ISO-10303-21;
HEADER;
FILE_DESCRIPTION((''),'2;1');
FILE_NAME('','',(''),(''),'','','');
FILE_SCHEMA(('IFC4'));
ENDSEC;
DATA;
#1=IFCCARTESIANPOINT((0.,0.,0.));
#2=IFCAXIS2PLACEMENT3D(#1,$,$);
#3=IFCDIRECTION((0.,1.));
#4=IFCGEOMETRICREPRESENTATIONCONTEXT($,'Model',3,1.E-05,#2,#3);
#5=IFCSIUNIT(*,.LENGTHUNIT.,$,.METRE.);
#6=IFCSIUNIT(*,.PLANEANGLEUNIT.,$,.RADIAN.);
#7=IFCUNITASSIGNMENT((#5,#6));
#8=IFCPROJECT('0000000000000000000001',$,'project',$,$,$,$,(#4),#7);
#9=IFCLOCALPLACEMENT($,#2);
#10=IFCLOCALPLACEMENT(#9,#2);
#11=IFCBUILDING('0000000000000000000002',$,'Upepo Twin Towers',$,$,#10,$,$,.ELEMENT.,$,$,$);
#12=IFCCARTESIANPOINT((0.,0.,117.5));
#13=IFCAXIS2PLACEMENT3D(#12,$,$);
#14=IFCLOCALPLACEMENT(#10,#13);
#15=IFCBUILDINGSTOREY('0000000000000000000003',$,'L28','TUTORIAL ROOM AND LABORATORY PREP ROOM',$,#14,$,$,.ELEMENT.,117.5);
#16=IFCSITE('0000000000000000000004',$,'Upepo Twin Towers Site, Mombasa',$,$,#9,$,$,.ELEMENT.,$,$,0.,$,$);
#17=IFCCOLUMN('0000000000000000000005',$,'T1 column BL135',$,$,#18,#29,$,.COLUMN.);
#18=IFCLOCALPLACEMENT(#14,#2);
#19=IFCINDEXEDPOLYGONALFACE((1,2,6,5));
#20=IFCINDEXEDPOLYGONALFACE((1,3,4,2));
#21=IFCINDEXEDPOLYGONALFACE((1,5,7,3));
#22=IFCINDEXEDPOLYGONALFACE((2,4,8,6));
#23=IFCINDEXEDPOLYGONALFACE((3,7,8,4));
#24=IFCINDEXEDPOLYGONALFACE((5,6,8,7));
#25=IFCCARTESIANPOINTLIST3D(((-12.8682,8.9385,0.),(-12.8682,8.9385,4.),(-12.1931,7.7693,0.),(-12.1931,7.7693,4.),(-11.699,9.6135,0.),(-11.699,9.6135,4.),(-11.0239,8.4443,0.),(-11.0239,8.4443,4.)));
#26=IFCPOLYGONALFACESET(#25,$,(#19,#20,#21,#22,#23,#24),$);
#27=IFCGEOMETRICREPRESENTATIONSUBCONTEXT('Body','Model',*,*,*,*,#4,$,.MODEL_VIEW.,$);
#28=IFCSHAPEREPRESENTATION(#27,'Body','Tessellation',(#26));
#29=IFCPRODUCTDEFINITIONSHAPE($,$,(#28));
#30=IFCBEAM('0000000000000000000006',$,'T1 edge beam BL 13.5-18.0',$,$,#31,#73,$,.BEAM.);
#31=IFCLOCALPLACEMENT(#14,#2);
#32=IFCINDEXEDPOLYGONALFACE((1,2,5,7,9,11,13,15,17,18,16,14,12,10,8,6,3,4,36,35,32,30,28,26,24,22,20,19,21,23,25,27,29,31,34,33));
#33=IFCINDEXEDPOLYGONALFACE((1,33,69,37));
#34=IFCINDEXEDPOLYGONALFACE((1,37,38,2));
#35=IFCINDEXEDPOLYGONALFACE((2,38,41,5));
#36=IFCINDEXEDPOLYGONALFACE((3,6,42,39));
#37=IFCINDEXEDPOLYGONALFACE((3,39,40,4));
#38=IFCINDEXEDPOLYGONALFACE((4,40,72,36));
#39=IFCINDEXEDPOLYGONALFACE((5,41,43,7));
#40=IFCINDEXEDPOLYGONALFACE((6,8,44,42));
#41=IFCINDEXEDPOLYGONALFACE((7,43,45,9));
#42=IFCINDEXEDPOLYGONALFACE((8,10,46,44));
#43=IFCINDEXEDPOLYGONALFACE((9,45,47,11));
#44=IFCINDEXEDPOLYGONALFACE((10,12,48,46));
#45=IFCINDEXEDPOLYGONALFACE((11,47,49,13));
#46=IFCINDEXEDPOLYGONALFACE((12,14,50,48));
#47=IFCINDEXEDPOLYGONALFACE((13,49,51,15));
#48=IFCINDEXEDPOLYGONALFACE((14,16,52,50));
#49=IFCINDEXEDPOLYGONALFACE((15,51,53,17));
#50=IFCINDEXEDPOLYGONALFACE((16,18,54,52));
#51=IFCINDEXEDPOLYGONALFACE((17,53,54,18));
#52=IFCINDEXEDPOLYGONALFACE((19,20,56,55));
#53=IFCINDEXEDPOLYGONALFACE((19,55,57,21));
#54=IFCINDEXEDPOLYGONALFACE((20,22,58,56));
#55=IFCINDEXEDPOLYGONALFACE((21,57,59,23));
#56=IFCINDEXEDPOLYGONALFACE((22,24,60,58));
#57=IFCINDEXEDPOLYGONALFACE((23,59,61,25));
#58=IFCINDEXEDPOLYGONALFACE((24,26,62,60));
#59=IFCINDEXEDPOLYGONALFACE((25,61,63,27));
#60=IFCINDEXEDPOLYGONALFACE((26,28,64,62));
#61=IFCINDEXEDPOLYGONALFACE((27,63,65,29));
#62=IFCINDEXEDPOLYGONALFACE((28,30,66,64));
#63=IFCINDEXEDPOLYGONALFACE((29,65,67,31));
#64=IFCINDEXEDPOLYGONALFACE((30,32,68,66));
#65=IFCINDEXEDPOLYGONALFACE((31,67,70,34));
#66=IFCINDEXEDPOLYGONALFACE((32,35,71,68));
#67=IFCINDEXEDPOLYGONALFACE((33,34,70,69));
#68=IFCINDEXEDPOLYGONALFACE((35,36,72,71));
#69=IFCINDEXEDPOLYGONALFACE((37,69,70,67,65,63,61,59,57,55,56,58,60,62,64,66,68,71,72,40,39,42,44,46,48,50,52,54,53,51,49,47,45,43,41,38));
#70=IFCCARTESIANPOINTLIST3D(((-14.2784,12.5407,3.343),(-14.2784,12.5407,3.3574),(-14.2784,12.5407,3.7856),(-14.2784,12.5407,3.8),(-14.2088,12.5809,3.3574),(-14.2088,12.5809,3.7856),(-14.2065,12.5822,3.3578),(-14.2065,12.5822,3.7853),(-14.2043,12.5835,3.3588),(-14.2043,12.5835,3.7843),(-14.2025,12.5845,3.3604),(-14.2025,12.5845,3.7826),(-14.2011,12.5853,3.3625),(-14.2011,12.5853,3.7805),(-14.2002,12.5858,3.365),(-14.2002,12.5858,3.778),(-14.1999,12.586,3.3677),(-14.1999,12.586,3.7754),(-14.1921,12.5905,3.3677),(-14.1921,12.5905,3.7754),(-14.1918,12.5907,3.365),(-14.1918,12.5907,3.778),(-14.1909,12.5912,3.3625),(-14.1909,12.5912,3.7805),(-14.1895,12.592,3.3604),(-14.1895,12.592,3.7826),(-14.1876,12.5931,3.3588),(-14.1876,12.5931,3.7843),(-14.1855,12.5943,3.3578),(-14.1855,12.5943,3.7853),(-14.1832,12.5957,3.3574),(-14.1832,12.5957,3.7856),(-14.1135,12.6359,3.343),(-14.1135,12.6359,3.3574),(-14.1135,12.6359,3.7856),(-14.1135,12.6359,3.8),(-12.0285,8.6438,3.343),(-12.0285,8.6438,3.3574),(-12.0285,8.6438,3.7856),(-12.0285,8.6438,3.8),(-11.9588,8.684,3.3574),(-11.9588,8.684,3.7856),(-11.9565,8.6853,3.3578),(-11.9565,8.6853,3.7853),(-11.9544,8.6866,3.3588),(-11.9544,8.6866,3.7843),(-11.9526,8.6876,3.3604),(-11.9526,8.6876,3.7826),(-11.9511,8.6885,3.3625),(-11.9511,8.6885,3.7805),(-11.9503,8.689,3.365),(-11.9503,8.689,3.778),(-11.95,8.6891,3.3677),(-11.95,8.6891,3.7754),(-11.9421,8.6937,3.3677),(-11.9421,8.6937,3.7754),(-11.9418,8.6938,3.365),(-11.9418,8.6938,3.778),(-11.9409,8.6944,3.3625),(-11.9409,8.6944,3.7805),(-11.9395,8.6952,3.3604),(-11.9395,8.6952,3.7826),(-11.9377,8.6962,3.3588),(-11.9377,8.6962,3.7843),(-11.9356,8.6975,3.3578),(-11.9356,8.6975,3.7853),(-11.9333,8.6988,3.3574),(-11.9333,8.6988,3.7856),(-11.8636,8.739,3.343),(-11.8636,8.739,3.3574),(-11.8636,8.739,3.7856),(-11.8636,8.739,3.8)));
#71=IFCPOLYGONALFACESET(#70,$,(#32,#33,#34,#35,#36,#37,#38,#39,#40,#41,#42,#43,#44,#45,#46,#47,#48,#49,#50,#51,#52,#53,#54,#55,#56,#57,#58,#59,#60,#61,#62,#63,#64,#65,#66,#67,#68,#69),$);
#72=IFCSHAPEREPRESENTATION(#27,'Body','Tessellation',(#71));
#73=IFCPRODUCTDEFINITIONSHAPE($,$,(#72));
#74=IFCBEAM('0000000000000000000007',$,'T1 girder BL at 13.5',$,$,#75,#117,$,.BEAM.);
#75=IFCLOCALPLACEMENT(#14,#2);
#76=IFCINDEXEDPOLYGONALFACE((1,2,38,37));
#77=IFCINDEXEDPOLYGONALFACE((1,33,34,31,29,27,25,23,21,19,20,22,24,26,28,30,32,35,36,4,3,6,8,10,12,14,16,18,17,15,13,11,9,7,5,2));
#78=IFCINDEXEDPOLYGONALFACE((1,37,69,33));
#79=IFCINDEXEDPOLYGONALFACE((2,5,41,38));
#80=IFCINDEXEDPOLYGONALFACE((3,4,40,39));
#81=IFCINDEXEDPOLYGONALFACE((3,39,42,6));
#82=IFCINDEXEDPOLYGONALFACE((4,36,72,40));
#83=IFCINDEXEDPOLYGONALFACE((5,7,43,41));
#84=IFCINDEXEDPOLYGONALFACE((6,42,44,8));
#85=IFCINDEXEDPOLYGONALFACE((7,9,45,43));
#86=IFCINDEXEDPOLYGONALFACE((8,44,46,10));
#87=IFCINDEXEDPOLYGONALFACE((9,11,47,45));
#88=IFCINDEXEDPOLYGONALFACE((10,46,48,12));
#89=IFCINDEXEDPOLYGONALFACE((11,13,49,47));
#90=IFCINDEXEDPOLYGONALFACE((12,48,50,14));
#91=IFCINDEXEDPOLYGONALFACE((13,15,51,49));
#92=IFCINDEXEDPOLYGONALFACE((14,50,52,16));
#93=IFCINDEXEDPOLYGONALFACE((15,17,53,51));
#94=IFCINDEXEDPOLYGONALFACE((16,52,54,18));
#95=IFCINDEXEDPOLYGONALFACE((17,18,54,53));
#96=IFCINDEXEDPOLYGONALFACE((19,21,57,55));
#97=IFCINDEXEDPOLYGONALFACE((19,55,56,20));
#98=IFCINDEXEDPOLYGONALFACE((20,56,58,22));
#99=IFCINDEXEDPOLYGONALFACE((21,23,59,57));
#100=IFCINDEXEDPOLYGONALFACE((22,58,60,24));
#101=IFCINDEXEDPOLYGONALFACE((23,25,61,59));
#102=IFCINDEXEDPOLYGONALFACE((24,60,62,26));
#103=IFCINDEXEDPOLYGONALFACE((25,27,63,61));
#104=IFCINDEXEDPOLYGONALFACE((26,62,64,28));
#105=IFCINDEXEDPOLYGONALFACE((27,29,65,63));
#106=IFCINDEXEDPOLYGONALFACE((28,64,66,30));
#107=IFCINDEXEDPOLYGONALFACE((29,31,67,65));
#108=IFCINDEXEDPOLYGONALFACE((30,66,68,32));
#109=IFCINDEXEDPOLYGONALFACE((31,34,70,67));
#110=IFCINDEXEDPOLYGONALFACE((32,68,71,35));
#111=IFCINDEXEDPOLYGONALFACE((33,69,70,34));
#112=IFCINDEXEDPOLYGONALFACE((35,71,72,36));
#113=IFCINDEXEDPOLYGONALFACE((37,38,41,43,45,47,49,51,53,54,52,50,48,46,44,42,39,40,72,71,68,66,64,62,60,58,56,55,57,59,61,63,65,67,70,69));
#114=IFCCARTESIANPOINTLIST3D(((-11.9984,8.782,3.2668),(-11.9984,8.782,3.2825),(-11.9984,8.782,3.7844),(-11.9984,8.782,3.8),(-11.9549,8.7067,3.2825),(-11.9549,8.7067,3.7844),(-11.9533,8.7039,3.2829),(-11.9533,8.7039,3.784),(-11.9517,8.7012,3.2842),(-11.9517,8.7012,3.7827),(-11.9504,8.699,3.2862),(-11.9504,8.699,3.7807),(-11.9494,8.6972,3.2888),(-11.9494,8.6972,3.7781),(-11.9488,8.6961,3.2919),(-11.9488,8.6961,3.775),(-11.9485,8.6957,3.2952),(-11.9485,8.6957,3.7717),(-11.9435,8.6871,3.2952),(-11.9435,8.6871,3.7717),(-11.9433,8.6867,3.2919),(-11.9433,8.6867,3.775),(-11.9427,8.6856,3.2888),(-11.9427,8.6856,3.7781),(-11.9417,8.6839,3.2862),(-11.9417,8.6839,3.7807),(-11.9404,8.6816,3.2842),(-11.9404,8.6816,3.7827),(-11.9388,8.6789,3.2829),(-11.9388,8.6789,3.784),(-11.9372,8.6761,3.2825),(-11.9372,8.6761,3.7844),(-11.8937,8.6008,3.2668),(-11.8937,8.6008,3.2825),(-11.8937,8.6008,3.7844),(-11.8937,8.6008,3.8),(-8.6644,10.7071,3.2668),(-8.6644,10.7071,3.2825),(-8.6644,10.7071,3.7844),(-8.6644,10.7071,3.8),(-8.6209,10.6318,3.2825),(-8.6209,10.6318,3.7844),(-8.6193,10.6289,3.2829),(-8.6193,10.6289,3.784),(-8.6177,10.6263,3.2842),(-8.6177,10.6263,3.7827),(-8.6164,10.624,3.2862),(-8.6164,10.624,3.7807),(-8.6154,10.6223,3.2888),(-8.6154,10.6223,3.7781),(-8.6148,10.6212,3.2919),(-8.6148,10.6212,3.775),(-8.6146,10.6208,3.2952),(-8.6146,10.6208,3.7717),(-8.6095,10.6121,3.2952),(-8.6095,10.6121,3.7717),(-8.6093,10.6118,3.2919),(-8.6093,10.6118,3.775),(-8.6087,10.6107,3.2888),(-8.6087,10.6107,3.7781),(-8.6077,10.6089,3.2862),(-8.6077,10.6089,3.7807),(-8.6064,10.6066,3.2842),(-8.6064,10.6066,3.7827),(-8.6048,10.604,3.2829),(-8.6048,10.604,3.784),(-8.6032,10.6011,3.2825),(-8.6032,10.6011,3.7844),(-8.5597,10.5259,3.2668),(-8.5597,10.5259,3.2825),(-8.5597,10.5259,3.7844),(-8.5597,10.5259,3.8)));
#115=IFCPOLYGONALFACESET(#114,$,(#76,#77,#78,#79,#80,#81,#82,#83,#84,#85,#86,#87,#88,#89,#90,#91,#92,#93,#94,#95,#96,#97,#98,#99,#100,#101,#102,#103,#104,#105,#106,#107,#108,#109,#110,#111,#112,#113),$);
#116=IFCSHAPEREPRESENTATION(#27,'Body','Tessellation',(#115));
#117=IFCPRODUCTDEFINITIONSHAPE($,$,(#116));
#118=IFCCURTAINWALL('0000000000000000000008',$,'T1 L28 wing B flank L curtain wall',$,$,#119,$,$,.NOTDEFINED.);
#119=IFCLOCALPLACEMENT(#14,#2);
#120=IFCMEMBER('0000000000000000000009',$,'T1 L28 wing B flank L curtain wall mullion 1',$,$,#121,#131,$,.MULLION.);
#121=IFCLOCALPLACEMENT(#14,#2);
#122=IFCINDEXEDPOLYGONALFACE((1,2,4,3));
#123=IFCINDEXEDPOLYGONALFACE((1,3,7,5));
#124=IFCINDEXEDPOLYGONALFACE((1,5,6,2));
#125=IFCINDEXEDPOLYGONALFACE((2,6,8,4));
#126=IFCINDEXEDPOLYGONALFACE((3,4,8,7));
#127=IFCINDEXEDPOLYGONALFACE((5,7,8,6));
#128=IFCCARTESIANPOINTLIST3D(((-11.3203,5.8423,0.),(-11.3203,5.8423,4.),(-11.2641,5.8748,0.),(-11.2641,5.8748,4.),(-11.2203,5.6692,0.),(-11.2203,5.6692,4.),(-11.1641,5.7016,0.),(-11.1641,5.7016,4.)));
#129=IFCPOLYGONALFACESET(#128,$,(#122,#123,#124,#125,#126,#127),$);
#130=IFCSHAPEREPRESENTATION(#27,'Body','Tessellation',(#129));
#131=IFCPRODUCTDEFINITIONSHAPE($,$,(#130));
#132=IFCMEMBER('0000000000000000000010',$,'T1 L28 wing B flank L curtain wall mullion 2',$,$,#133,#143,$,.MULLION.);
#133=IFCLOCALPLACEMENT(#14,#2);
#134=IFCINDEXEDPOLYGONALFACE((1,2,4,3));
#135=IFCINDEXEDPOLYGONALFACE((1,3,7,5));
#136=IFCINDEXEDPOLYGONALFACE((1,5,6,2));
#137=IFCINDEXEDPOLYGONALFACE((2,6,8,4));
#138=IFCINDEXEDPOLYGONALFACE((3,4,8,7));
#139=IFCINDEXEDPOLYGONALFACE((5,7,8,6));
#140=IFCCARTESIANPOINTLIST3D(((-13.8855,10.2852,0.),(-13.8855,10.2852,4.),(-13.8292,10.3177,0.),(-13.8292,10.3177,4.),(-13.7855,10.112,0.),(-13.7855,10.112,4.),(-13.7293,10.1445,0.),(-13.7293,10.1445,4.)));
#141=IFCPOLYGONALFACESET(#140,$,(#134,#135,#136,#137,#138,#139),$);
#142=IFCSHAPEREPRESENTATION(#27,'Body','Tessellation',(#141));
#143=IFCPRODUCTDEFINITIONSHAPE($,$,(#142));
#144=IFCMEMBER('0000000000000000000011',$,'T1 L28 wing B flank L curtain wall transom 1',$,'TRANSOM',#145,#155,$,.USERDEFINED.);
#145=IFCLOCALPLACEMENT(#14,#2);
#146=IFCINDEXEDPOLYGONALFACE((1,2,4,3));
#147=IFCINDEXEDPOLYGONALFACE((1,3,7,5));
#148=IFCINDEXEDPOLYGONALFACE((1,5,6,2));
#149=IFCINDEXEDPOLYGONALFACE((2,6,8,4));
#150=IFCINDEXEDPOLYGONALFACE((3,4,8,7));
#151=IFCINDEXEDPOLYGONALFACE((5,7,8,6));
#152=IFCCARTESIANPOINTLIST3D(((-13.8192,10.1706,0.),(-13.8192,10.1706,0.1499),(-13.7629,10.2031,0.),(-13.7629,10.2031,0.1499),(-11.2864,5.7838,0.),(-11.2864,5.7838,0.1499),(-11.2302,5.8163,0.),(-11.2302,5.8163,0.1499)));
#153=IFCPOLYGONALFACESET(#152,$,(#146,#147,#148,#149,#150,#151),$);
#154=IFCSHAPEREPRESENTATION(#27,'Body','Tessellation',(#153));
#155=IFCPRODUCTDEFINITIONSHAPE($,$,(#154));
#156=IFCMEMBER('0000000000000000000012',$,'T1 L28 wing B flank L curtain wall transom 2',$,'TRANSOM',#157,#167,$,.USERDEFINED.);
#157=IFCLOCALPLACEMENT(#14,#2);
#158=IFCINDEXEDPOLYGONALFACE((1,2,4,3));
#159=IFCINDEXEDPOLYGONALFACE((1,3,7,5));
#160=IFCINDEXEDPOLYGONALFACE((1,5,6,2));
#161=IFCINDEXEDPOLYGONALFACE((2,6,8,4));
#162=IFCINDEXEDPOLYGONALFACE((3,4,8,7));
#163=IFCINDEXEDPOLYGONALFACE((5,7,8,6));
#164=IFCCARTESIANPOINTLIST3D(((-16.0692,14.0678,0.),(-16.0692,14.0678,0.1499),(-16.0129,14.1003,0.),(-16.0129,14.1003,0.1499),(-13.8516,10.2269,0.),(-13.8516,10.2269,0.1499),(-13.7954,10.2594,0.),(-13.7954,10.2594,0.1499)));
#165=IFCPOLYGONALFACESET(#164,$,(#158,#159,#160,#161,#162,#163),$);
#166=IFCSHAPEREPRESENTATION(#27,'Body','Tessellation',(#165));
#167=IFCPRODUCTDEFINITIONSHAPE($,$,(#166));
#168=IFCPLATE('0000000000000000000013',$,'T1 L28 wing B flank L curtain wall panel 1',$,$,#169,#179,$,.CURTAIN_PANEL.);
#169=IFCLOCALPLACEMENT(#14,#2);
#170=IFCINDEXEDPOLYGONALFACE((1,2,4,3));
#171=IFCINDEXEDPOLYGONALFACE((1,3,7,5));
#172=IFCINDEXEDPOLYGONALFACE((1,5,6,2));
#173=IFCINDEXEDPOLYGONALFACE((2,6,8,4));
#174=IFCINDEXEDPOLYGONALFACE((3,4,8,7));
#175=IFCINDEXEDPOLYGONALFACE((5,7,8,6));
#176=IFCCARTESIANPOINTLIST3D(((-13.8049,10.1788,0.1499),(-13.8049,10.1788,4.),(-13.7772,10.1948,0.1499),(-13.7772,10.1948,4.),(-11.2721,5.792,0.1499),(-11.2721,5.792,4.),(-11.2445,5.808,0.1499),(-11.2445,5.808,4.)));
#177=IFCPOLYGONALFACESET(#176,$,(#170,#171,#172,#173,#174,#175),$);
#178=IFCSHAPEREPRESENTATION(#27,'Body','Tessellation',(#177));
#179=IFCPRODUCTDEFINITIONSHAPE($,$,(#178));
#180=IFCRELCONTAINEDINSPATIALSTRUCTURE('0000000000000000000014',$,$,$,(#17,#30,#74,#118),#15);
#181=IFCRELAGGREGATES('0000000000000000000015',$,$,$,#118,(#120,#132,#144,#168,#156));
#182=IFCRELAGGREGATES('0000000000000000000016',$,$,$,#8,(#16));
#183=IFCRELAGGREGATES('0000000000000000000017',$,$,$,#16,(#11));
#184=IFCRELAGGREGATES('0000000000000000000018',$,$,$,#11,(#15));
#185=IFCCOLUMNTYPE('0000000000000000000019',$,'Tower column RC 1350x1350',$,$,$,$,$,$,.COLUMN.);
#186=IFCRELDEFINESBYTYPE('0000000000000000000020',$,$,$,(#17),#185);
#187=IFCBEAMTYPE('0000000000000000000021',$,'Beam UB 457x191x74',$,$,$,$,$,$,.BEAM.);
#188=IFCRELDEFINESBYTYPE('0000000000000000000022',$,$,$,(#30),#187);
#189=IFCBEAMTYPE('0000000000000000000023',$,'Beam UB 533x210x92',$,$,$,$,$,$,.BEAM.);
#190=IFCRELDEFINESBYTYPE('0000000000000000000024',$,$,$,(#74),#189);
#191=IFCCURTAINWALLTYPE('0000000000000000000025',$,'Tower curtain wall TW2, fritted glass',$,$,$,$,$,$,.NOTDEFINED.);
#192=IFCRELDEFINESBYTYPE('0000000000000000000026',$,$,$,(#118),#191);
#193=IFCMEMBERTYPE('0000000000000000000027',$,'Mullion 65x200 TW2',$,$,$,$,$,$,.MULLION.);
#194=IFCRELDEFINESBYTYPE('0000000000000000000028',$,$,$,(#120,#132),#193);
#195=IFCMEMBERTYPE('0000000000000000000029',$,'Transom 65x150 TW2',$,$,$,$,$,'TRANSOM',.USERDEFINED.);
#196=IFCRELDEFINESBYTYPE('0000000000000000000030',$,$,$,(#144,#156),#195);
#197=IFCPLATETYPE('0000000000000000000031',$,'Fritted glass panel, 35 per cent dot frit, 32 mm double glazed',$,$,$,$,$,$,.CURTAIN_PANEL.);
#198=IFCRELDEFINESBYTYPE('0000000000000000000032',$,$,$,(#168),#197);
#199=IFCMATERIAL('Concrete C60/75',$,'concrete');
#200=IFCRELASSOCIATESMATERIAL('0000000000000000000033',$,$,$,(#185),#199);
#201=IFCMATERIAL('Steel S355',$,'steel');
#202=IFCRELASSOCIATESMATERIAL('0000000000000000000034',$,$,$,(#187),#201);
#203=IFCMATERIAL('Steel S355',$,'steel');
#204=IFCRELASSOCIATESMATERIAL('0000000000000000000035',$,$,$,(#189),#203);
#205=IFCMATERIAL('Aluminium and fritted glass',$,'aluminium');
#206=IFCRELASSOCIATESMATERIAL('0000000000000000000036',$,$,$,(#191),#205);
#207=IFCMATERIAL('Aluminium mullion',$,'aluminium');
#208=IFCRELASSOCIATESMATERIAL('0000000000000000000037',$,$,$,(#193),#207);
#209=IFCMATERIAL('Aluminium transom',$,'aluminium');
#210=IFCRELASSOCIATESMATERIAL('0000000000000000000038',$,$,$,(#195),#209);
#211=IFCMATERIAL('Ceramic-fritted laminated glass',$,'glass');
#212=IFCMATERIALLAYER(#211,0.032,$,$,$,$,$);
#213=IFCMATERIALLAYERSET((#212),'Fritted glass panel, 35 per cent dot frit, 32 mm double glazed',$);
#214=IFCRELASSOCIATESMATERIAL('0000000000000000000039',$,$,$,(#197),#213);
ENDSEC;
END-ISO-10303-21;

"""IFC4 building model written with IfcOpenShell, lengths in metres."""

from ifc_helpers import new_model, si_unit, direction, frame, origin, origin_2d, place, context, subcontext, project, spatial, rectangle, i_section, extrude, material, layer, layer_set, material_profile, profile_set, type_object, element, aggregate, save


model = new_model("IFC4")

# Units and contexts
model_context = context("Model", 3, precision=1e-05, world=origin(), true_north=direction((0.0, 1.0)))
body_context = subcontext(model_context, "Body", "Model", "MODEL_VIEW")
ifc_project = project(units=[si_unit("LENGTHUNIT", "METRE"), si_unit("PLANEANGLEUNIT", "RADIAN")], contexts=[model_context])

# Site, building, storey
site_placement = place(None, origin())
site = spatial("IfcSite", under=ifc_project, at=site_placement, Name="Upepo Twin Towers Site, Mombasa", CompositionType="ELEMENT", RefElevation=0.0)
building_placement = place(site_placement, origin())
building = spatial("IfcBuilding", under=site, at=building_placement, Name="Upepo Twin Towers", CompositionType="ELEMENT")
storey_placement = place(building_placement, frame((0.0, 0.0, 117.5)))
storey = spatial("IfcBuildingStorey", under=building, at=storey_placement, Name="L28", Description="TUTORIAL ROOM AND LABORATORY PREP ROOM", CompositionType="ELEMENT", Elevation=117.5)

# Column
ifc_material_1 = material(Name="Concrete C60/75", Category="concrete")
ifc_material_profile_1 = material_profile(ifc_material_1, rectangle(XDim=1.3501, YDim=1.3501, at=origin_2d()), Name="RC 1350x1350")
ifc_profile_set_1 = profile_set([ifc_material_profile_1], Name="Concrete C60/75")
column_type = type_object("IfcColumnType", Name="Tower column RC 1350x1350", PredefinedType="COLUMN", material=ifc_profile_set_1)
column_placement = place(storey_placement, frame((-11.946, 8.6914, 0.0), z_axis=(0.0, 0.0, 1.0), x_axis=(0.866025, 0.5, 0.0)))
element("IfcColumn", 1, at=column_placement, inside=storey, type_object=column_type, Name="T1 column BL135", PredefinedType="COLUMN", context=body_context, shape_type="SweptSolid", body=[
    extrude(rectangle(XDim=1.3501, YDim=1.3501, at=origin_2d()), origin(), (0.0, 0.0, 1.0), 4.0),
])

# Beams
ifc_material_2 = material(Name="Steel S355", Category="steel")
ifc_material_profile_2 = material_profile(ifc_material_2, i_section(OverallWidth=0.1904, OverallDepth=0.457, WebThickness=0.009, FlangeThickness=0.0144, FilletRadius=0.0103, at=origin_2d()), Name="UB 457x191x74")
ifc_profile_set_2 = profile_set([ifc_material_profile_2], Name="Steel S355")
beam_type_1 = type_object("IfcBeamType", Name="Beam UB 457x191x74", PredefinedType="BEAM", material=ifc_profile_set_2)
beam_1_placement = place(storey_placement, frame((-11.946, 8.6914, 3.5715), z_axis=(-0.500014, 0.866018, 0.0), x_axis=(-0.866018, -0.500014, 0.0)))
element("IfcBeam", 2, at=beam_1_placement, inside=storey, type_object=beam_type_1, Name="T1 edge beam BL 13.5-18.0", PredefinedType="BEAM", context=body_context, shape_type="SweptSolid", body=[
    extrude(i_section(OverallWidth=0.1904, OverallDepth=0.457, WebThickness=0.009, FlangeThickness=0.0144, FilletRadius=0.0103, at=origin_2d()), origin(), (0.0, 0.0, 1.0), 4.4998),
])
ifc_material_3 = material(Name="Steel S355", Category="steel")
ifc_material_profile_3 = material_profile(ifc_material_3, i_section(OverallWidth=0.2092, OverallDepth=0.5332, WebThickness=0.01, FlangeThickness=0.0156, FilletRadius=0.0127, at=origin_2d()), Name="UB 533x210x92")
ifc_profile_set_3 = profile_set([ifc_material_profile_3], Name="Steel S355")
beam_type_2 = type_object("IfcBeamType", Name="Beam UB 533x210x92", PredefinedType="BEAM", material=ifc_profile_set_3)
beam_2_placement = place(storey_placement, frame((-11.946, 8.6914, 3.5334), z_axis=(0.866006, 0.500034, 0.0), x_axis=(-0.500034, 0.866006, 0.0)))
element("IfcBeam", 3, at=beam_2_placement, inside=storey, type_object=beam_type_2, Name="T1 girder BL at 13.5", PredefinedType="BEAM", context=body_context, shape_type="SweptSolid", body=[
    extrude(i_section(OverallWidth=0.2092, OverallDepth=0.5332, WebThickness=0.01, FlangeThickness=0.0156, FilletRadius=0.0127, at=origin_2d()), origin(), (0.0, 0.0, 1.0), 3.8499),
])

# Curtain wall, members, plate
ifc_material_4 = material(Name="Aluminium and fritted glass", Category="aluminium")
curtain_wall_type = type_object("IfcCurtainWallType", Name="Tower curtain wall TW2, fritted glass", PredefinedType="NOTDEFINED", material=ifc_material_4)
curtain_wall_placement = place(storey_placement, origin())
curtain_wall = element("IfcCurtainWall", 4, at=curtain_wall_placement, inside=storey, type_object=curtain_wall_type, Name="T1 L28 wing B flank L curtain wall", PredefinedType="NOTDEFINED")
ifc_material_5 = material(Name="Aluminium mullion", Category="aluminium")
ifc_material_profile_4 = material_profile(ifc_material_5, rectangle(XDim=0.0649, YDim=0.2, at=origin_2d()), Name="MULLION 65x200")
ifc_profile_set_4 = profile_set([ifc_material_profile_4], Name="Aluminium mullion")
member_type_1 = type_object("IfcMemberType", Name="Mullion 65x200 TW2", PredefinedType="MULLION", material=ifc_profile_set_4)
member_1_placement = place(storey_placement, frame((-11.2422, 5.772, 0.0), z_axis=(0.0, 0.0, 1.0), x_axis=(-0.866025, -0.5, 0.0)))
member_1 = element("IfcMember", 5, at=member_1_placement, type_object=member_type_1, Name="T1 L28 wing B flank L curtain wall mullion 1", PredefinedType="MULLION", context=body_context, shape_type="SweptSolid", body=[
    extrude(rectangle(XDim=0.0649, YDim=0.2, at=origin_2d()), origin(), (0.0, 0.0, 1.0), 4.0),
])
member_2_placement = place(storey_placement, frame((-13.8074, 10.2148, 0.0), z_axis=(0.0, 0.0, 1.0), x_axis=(-0.866025, -0.5, 0.0)))
member_2 = element("IfcMember", 6, at=member_2_placement, type_object=member_type_1, Name="T1 L28 wing B flank L curtain wall mullion 2", PredefinedType="MULLION", context=body_context, shape_type="SweptSolid", body=[
    extrude(rectangle(XDim=0.0649, YDim=0.2, at=origin_2d()), origin(), (0.0, 0.0, 1.0), 4.0),
])
ifc_material_6 = material(Name="Aluminium transom", Category="aluminium")
ifc_material_profile_5 = material_profile(ifc_material_6, rectangle(XDim=0.0649, YDim=0.1499, at=origin_2d()), Name="TRANSOM 65x150")
ifc_profile_set_5 = profile_set([ifc_material_profile_5], Name="Aluminium transom")
member_type_2 = type_object("IfcMemberType", Name="Transom 65x150 TW2", ElementType="TRANSOM", PredefinedType="USERDEFINED", material=ifc_profile_set_5)
member_3_placement = place(storey_placement, frame((-11.2583, 5.8, 0.075), z_axis=(-0.500006, 0.866022, 0.0), x_axis=(-0.866022, -0.500006, 0.0)))
member_3 = element("IfcMember", 7, at=member_3_placement, type_object=member_type_2, Name="T1 L28 wing B flank L curtain wall transom 1", ObjectType="TRANSOM", PredefinedType="USERDEFINED", context=body_context, shape_type="SweptSolid", body=[
    extrude(rectangle(XDim=0.0649, YDim=0.1499, at=origin_2d()), origin(), (0.0, 0.0, 1.0), 5.0654),
])
member_4_placement = place(storey_placement, frame((-13.8235, 10.2432, 0.075), z_axis=(-0.500005, 0.866022, 0.0), x_axis=(-0.866022, -0.500005, 0.0)))
member_4 = element("IfcMember", 8, at=member_4_placement, type_object=member_type_2, Name="T1 L28 wing B flank L curtain wall transom 2", ObjectType="TRANSOM", PredefinedType="USERDEFINED", context=body_context, shape_type="SweptSolid", body=[
    extrude(rectangle(XDim=0.0649, YDim=0.1499, at=origin_2d()), origin(), (0.0, 0.0, 1.0), 4.4351),
])
ifc_material_7 = material(Name="Ceramic-fritted laminated glass", Category="glass")
ifc_layer_1 = layer(ifc_material_7, 0.032)
ifc_layer_set_1 = layer_set([ifc_layer_1], Name="Fritted glass panel, 35 per cent dot frit, 32 mm double glazed")
plate_type = type_object("IfcPlateType", Name="Fritted glass panel, 35 per cent dot frit, 32 mm double glazed", PredefinedType="CURTAIN_PANEL", material=ifc_layer_set_1)
plate_placement = place(storey_placement, frame((-12.5247, 7.9934, 0.1499), z_axis=(0.0, 0.0, 1.0), x_axis=(-0.5, 0.866025, 0.0)))
plate = element("IfcPlate", 9, at=plate_placement, type_object=plate_type, Name="T1 L28 wing B flank L curtain wall panel 1", PredefinedType="CURTAIN_PANEL", context=body_context, shape_type="SweptSolid", body=[
    extrude(rectangle(XDim=5.0654, YDim=0.032, at=origin_2d()), origin(), (0.0, 0.0, 1.0), 3.8501),
])
aggregate(curtain_wall, [member_1, member_2, member_3, plate, member_4])

save(model, "model.ifc")
